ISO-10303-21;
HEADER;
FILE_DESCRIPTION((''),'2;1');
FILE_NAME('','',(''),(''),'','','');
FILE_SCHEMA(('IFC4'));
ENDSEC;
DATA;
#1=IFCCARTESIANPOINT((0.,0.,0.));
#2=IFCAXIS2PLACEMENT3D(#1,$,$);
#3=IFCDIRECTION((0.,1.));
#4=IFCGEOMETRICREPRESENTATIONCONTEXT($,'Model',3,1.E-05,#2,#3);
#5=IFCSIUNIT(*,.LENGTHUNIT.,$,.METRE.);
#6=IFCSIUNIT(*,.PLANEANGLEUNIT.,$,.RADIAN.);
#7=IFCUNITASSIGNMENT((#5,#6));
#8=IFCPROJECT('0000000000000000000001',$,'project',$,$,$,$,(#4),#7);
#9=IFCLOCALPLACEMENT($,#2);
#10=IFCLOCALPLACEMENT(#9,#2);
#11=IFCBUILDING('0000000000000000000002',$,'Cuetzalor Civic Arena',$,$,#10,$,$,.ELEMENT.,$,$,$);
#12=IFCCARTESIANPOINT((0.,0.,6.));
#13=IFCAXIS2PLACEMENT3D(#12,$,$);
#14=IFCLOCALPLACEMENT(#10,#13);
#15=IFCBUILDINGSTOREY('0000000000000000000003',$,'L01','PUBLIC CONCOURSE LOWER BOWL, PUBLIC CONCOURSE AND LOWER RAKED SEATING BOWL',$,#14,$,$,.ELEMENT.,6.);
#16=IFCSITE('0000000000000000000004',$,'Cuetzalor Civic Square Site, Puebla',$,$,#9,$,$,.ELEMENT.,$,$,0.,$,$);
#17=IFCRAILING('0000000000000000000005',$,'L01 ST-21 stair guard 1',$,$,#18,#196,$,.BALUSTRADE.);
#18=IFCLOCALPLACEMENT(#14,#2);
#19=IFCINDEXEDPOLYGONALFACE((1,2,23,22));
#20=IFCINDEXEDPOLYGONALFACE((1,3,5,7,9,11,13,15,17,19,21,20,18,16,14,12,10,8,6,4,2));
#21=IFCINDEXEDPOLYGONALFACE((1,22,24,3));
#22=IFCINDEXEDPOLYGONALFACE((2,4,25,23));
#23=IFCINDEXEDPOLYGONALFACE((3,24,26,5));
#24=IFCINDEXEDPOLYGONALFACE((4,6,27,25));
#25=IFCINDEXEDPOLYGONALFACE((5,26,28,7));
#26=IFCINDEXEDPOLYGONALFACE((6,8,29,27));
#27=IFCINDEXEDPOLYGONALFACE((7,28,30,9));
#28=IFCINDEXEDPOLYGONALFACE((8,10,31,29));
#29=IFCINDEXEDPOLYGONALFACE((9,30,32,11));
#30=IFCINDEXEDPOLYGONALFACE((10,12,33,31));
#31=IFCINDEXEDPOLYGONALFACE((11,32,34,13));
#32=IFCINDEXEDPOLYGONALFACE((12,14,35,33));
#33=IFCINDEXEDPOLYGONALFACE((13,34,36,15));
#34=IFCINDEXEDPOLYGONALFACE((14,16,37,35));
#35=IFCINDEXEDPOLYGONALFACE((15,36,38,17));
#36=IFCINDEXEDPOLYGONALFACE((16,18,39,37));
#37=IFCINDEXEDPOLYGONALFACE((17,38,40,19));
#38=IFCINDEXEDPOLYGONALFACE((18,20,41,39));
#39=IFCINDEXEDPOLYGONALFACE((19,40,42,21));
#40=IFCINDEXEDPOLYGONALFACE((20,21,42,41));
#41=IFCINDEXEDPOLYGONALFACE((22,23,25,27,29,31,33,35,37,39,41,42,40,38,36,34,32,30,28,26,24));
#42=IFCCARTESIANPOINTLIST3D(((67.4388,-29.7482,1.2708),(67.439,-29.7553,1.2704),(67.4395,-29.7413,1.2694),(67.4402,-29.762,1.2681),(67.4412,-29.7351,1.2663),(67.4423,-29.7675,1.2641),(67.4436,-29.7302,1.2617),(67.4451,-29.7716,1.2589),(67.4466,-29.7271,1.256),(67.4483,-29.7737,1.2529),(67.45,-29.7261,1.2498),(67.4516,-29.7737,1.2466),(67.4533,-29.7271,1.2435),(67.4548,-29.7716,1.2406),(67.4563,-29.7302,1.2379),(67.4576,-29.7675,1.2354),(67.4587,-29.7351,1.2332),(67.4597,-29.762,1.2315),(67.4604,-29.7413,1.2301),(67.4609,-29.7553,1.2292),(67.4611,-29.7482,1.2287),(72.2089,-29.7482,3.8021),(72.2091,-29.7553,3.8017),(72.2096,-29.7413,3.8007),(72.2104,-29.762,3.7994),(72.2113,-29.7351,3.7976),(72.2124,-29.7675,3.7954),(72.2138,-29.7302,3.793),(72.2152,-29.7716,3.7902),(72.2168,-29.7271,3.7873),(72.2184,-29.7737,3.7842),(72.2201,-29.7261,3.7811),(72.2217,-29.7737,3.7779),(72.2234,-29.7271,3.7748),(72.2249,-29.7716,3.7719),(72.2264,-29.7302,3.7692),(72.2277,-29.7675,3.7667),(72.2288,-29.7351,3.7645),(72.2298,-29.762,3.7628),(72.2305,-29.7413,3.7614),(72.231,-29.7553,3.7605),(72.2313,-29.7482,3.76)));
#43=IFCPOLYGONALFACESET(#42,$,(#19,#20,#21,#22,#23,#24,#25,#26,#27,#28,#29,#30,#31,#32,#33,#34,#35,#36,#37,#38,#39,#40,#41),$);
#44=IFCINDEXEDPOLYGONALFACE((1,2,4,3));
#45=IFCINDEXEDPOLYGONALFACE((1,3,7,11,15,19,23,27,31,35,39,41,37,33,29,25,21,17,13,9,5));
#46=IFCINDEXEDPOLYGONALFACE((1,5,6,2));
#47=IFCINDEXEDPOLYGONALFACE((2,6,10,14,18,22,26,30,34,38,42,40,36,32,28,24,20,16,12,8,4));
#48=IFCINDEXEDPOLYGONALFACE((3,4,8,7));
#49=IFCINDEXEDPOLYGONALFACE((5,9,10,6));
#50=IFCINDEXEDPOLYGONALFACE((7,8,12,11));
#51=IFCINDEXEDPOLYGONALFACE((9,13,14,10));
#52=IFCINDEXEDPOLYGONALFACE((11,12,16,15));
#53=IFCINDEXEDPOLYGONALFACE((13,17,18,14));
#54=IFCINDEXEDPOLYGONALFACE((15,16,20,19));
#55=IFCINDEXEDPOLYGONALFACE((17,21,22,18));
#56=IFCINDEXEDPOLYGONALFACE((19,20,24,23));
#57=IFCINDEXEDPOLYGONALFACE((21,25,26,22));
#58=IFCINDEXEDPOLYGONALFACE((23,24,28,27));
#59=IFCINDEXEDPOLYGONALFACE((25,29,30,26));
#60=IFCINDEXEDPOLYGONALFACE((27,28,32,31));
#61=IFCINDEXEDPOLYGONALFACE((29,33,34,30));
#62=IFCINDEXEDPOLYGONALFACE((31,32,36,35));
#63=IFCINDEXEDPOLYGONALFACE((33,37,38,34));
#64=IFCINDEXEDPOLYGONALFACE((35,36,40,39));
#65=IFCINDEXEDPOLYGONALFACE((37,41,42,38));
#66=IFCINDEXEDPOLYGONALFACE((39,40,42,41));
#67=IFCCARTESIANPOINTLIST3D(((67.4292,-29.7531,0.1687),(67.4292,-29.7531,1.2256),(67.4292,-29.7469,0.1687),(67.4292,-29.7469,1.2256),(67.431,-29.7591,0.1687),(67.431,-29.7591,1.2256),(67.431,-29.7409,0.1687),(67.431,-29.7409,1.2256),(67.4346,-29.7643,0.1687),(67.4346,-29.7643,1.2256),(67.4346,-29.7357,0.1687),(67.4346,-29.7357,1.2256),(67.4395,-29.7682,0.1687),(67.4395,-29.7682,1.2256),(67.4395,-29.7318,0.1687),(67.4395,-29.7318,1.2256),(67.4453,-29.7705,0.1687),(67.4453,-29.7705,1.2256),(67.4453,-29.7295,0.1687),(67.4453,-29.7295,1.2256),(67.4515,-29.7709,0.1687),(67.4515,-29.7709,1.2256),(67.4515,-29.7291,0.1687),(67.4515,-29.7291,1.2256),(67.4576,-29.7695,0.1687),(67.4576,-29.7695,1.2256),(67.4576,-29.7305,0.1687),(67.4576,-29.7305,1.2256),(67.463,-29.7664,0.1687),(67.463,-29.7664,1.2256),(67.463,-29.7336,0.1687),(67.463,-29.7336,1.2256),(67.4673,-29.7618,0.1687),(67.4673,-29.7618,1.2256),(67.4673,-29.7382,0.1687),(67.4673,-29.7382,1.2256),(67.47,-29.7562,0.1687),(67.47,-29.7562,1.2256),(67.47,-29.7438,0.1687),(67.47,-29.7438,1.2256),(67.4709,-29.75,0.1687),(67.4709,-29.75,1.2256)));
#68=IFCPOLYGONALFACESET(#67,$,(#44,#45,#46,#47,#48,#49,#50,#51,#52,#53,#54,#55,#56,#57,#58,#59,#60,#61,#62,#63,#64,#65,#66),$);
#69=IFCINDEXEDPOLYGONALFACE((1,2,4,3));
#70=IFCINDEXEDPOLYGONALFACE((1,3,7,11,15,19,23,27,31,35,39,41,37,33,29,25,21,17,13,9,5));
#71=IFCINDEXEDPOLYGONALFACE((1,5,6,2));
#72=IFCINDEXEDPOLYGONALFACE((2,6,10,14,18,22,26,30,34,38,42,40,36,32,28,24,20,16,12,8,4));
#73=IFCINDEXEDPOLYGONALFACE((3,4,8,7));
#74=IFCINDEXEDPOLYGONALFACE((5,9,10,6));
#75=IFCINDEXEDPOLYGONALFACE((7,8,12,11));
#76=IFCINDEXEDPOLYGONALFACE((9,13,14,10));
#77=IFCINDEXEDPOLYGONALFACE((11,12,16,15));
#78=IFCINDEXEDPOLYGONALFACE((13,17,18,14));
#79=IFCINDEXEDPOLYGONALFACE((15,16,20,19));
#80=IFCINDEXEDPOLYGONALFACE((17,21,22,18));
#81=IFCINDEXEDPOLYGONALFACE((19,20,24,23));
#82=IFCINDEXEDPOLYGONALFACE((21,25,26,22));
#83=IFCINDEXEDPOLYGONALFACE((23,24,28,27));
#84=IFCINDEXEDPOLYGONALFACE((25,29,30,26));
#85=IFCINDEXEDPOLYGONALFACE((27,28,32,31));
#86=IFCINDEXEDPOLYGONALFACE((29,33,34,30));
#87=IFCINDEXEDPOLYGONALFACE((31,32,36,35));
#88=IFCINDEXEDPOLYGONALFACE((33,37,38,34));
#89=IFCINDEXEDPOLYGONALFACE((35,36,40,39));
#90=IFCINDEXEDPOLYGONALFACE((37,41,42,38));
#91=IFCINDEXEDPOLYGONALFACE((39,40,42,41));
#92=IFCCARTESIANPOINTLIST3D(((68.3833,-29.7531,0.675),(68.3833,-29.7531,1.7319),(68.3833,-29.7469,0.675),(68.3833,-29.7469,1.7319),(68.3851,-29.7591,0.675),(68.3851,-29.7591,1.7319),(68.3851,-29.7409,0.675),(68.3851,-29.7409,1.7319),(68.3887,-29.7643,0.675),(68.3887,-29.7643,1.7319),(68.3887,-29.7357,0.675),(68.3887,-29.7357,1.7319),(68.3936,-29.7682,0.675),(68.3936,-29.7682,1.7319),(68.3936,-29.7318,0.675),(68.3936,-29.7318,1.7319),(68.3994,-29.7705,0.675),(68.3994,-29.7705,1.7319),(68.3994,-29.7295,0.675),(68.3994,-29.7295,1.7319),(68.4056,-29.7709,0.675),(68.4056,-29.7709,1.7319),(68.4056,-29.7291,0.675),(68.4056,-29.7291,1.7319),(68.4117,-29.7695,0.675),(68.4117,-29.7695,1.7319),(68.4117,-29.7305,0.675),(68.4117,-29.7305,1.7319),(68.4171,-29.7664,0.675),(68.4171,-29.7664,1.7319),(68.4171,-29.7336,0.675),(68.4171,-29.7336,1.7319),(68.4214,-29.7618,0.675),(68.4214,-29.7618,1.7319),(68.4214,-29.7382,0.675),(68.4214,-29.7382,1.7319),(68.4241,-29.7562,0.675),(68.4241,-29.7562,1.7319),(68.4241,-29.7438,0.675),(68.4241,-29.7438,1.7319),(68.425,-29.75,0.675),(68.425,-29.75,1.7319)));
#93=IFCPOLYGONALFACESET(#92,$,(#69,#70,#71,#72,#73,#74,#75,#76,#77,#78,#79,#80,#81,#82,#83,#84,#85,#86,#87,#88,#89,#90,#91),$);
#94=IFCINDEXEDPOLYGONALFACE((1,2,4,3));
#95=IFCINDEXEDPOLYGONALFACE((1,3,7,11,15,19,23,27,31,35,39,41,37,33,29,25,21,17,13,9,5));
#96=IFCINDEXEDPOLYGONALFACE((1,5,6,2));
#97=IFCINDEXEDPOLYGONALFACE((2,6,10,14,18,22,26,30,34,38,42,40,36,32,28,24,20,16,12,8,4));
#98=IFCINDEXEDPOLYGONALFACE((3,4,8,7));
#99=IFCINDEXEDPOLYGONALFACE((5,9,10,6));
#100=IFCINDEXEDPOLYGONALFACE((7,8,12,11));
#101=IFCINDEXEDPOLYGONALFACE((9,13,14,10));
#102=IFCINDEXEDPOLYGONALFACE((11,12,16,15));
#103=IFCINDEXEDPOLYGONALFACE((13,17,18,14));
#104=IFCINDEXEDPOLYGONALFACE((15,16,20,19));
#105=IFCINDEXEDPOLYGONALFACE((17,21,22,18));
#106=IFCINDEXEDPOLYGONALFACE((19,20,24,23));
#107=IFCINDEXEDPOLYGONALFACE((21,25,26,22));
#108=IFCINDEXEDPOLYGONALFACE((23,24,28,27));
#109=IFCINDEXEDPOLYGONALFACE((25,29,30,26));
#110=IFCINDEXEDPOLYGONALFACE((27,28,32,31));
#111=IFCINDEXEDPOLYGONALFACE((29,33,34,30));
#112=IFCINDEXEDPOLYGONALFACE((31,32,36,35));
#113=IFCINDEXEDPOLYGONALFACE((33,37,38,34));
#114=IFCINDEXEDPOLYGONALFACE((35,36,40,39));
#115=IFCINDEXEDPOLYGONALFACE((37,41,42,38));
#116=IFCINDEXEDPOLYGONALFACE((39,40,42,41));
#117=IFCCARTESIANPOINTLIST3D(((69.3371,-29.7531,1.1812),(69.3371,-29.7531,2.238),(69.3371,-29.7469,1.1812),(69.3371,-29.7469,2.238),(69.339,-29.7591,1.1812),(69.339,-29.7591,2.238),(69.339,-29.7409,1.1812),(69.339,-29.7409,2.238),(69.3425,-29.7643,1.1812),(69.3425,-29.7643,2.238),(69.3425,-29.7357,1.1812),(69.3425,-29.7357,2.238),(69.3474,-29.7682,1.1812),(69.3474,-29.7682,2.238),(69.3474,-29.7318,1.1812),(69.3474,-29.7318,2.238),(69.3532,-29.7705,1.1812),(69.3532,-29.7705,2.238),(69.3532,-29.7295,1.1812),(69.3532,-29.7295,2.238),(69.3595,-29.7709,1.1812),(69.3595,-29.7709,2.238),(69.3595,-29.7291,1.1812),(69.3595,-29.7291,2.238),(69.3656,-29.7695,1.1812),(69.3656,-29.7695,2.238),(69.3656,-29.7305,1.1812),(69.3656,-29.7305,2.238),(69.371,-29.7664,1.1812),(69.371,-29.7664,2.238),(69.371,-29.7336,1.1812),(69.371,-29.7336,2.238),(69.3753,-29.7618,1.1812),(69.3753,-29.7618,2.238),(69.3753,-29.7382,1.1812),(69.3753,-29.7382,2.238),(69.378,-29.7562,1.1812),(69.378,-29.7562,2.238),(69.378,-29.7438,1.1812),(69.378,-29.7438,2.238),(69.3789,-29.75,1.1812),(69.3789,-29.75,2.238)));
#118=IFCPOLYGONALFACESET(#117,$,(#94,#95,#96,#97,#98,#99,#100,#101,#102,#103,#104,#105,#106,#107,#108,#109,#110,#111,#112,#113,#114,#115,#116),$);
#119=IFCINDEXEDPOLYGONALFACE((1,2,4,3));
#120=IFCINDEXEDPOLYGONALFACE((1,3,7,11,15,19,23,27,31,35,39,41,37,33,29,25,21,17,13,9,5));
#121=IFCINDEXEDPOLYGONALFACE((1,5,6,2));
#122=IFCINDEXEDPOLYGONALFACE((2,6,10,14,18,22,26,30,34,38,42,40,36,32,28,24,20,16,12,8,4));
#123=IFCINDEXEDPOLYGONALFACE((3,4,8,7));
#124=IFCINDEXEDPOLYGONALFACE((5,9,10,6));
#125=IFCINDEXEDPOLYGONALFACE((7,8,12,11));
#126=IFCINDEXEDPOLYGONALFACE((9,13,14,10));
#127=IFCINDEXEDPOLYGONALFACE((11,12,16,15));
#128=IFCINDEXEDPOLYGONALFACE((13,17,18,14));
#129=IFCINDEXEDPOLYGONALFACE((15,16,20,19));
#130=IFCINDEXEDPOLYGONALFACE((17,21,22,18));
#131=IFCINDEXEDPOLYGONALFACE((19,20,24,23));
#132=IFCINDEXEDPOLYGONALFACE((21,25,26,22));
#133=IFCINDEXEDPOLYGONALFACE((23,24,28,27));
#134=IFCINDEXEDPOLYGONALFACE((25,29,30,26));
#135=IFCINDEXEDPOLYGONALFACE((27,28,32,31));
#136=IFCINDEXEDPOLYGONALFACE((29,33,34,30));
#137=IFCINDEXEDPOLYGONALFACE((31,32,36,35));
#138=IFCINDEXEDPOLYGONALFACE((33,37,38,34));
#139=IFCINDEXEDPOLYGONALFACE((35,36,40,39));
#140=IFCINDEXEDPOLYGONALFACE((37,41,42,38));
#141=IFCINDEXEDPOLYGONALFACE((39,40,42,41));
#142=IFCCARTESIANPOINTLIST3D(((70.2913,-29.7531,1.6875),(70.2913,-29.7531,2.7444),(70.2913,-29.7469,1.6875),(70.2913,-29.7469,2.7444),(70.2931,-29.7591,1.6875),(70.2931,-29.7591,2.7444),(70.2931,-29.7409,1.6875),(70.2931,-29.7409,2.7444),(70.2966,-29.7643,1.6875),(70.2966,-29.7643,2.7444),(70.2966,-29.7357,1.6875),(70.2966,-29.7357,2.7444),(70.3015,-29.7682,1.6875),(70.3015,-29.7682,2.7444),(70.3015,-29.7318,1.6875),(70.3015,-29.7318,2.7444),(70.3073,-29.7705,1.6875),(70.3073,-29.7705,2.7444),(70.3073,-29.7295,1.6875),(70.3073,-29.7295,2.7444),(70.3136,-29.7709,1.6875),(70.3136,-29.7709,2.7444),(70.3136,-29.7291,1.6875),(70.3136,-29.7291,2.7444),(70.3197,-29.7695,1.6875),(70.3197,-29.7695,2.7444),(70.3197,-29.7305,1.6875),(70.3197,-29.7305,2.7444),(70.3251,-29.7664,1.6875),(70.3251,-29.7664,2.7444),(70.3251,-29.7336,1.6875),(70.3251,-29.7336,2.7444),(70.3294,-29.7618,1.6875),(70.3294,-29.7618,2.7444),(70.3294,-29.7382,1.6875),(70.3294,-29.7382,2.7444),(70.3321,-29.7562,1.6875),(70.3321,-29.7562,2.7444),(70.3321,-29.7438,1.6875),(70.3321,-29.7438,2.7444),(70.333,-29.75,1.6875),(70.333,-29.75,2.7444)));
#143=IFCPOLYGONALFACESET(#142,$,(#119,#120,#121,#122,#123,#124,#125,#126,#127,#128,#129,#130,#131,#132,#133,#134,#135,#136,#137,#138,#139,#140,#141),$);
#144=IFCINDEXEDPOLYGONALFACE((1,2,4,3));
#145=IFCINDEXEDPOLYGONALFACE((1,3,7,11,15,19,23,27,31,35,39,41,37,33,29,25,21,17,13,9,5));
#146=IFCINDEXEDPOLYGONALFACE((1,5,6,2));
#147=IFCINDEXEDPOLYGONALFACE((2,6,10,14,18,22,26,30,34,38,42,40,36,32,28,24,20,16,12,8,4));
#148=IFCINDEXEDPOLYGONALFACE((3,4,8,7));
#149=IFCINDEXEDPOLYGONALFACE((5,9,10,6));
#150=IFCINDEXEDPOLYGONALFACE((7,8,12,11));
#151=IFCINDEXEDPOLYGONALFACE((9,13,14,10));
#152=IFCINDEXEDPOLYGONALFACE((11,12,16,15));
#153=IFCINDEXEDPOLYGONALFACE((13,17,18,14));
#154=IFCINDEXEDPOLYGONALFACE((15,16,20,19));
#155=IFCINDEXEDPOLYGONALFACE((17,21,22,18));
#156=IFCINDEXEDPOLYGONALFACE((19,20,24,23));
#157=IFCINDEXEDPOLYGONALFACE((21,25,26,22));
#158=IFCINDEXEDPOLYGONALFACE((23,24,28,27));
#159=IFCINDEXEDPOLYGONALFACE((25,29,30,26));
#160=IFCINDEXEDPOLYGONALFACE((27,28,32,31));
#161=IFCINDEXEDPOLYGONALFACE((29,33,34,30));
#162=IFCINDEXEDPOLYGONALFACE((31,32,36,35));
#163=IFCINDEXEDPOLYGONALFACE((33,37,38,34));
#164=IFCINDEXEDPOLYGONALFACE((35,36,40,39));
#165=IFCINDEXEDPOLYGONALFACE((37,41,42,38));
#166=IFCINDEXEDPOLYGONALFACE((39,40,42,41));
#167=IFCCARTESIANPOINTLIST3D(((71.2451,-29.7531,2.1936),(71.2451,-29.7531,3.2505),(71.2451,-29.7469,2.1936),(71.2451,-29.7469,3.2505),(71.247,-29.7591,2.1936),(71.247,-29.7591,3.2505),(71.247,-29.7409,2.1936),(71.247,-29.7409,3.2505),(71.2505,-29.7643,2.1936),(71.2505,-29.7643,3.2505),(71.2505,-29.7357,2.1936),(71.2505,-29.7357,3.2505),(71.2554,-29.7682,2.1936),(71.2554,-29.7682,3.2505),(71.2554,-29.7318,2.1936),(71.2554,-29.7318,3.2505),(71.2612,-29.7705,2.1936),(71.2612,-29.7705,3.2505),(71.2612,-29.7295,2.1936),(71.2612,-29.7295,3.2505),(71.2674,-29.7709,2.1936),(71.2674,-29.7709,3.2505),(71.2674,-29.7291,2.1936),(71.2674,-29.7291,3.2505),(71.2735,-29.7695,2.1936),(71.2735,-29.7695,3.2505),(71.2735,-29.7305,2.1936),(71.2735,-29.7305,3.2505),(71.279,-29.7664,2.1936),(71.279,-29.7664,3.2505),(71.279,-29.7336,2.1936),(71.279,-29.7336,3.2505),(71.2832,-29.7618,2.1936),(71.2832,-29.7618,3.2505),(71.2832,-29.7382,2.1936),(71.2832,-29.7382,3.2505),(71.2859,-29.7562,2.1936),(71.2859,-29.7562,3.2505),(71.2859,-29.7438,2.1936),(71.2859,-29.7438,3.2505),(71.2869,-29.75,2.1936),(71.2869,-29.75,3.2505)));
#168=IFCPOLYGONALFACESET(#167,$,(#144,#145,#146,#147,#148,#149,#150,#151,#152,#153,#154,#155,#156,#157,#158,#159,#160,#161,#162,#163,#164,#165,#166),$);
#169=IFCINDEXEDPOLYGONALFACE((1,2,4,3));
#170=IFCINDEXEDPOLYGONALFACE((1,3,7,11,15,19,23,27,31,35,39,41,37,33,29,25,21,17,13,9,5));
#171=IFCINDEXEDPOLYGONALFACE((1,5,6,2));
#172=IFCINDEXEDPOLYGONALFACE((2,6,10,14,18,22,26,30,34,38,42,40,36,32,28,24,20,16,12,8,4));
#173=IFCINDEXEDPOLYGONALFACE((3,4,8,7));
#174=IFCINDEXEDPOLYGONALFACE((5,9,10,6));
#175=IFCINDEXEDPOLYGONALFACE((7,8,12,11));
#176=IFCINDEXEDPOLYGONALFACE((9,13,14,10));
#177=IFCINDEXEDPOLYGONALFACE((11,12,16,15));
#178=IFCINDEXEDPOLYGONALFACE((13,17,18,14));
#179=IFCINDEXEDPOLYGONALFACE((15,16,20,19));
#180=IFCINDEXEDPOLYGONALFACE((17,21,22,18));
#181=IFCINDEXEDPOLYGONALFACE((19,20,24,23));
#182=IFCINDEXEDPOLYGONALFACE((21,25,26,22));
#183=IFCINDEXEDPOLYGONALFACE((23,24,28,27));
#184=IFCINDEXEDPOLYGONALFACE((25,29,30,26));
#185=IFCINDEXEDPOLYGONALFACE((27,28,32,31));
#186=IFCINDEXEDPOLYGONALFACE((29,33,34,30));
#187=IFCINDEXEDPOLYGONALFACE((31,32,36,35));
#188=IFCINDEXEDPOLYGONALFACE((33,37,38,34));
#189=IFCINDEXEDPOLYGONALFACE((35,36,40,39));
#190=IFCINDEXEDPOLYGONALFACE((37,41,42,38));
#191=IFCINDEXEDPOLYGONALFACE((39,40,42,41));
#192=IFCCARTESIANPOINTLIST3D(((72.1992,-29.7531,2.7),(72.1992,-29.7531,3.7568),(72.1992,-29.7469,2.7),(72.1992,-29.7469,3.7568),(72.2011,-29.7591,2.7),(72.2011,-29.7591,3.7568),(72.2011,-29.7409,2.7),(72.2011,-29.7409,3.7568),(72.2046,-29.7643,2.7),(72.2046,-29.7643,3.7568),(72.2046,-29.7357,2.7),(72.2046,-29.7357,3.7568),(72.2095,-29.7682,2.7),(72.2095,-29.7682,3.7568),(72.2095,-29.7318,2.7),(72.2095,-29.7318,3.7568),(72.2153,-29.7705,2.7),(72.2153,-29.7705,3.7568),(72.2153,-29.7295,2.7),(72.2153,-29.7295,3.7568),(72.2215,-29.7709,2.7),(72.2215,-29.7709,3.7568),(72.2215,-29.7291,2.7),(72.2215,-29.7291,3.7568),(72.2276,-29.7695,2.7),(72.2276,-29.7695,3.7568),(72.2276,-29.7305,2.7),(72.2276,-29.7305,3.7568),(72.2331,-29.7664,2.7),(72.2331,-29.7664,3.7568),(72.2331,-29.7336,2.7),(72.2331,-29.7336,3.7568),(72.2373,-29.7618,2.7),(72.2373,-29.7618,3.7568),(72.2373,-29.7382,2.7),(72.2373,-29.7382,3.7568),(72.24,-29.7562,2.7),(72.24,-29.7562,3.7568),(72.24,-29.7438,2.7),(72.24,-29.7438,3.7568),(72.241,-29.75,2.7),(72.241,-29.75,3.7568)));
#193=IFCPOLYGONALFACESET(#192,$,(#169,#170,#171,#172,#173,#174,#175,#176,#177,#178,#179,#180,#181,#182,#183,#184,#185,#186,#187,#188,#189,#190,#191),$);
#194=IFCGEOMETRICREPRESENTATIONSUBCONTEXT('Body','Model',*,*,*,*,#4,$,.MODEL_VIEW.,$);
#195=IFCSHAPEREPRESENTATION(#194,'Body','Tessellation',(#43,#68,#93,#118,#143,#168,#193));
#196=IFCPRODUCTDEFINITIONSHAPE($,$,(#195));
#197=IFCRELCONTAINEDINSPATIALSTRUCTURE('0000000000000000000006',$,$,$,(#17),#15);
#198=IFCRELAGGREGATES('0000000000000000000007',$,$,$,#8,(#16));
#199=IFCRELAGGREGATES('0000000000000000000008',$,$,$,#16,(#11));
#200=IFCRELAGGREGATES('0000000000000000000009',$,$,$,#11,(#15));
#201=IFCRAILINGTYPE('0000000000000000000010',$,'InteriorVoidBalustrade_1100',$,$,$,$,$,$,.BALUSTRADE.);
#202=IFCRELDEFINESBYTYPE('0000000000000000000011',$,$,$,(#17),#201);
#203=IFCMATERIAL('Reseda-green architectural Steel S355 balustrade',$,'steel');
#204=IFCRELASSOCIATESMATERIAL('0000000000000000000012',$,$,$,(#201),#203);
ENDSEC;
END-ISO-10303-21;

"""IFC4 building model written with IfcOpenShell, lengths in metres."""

from ifc_helpers import new_model, si_unit, direction, frame, origin, origin_2d, place, context, subcontext, project, spatial, circle, extrude, material, type_object, element, save


model = new_model("IFC4")

# Units and contexts
model_context = context("Model", 3, precision=1e-05, world=origin(), true_north=direction((0.0, 1.0)))
body_context = subcontext(model_context, "Body", "Model", "MODEL_VIEW")
ifc_project = project(units=[si_unit("LENGTHUNIT", "METRE"), si_unit("PLANEANGLEUNIT", "RADIAN")], contexts=[model_context])

# Site, building, storey
site_placement = place(None, origin())
site = spatial("IfcSite", under=ifc_project, at=site_placement, Name="Cuetzalor Civic Square Site, Puebla", CompositionType="ELEMENT", RefElevation=0.0)
building_placement = place(site_placement, origin())
building = spatial("IfcBuilding", under=site, at=building_placement, Name="Cuetzalor Civic Arena", CompositionType="ELEMENT")
storey_placement = place(building_placement, frame((0.0, 0.0, 6.0)))
storey = spatial("IfcBuildingStorey", under=building, at=storey_placement, Name="L01", Description="PUBLIC CONCOURSE LOWER BOWL, PUBLIC CONCOURSE AND LOWER RAKED SEATING BOWL", CompositionType="ELEMENT", Elevation=6.0)

# Railing
ifc_material_1 = material(Name="Reseda-green architectural Steel S355 balustrade", Category="steel")
railing_type_1 = type_object("IfcRailingType", Name="InteriorVoidBalustrade_1100", PredefinedType="BALUSTRADE", material=ifc_material_1)
railing_1_placement = place(storey_placement, frame((67.45, -29.75, 0.1687)))
element("IfcRailing", 1, at=railing_1_placement, inside=storey, type_object=railing_type_1, Name="L01 ST-21 stair guard 1", PredefinedType="BALUSTRADE", context=body_context, shape_type="SweptSolid", body=[
    extrude(circle(Radius=0.0239, at=origin_2d()), frame((0.0, 0.0, 1.0811), z_axis=(0.883332, 0.0, 0.468747), x_axis=(0.0, 1.0, 0.0)), (0.0, 0.0, 1.0), 5.4001),
    extrude(circle(Radius=0.021, at=origin_2d()), origin(), (0.0, 0.0, 1.0), 1.0569),
    extrude(circle(Radius=0.021, at=origin_2d()), frame((0.9541, 0.0, 0.5063)), (0.0, 0.0, 1.0), 1.0569),
    extrude(circle(Radius=0.021, at=origin_2d()), frame((1.908, 0.0, 1.0125)), (0.0, 0.0, 1.0), 1.0569),
    extrude(circle(Radius=0.021, at=origin_2d()), frame((2.8621, 0.0, 1.5188)), (0.0, 0.0, 1.0), 1.0569),
    extrude(circle(Radius=0.021, at=origin_2d()), frame((3.8159, 0.0, 2.0249)), (0.0, 0.0, 1.0), 1.0569),
    extrude(circle(Radius=0.021, at=origin_2d()), frame((4.77, 0.0, 2.5312)), (0.0, 0.0, 1.0), 1.0569),
])

save(model, "model.ifc")
